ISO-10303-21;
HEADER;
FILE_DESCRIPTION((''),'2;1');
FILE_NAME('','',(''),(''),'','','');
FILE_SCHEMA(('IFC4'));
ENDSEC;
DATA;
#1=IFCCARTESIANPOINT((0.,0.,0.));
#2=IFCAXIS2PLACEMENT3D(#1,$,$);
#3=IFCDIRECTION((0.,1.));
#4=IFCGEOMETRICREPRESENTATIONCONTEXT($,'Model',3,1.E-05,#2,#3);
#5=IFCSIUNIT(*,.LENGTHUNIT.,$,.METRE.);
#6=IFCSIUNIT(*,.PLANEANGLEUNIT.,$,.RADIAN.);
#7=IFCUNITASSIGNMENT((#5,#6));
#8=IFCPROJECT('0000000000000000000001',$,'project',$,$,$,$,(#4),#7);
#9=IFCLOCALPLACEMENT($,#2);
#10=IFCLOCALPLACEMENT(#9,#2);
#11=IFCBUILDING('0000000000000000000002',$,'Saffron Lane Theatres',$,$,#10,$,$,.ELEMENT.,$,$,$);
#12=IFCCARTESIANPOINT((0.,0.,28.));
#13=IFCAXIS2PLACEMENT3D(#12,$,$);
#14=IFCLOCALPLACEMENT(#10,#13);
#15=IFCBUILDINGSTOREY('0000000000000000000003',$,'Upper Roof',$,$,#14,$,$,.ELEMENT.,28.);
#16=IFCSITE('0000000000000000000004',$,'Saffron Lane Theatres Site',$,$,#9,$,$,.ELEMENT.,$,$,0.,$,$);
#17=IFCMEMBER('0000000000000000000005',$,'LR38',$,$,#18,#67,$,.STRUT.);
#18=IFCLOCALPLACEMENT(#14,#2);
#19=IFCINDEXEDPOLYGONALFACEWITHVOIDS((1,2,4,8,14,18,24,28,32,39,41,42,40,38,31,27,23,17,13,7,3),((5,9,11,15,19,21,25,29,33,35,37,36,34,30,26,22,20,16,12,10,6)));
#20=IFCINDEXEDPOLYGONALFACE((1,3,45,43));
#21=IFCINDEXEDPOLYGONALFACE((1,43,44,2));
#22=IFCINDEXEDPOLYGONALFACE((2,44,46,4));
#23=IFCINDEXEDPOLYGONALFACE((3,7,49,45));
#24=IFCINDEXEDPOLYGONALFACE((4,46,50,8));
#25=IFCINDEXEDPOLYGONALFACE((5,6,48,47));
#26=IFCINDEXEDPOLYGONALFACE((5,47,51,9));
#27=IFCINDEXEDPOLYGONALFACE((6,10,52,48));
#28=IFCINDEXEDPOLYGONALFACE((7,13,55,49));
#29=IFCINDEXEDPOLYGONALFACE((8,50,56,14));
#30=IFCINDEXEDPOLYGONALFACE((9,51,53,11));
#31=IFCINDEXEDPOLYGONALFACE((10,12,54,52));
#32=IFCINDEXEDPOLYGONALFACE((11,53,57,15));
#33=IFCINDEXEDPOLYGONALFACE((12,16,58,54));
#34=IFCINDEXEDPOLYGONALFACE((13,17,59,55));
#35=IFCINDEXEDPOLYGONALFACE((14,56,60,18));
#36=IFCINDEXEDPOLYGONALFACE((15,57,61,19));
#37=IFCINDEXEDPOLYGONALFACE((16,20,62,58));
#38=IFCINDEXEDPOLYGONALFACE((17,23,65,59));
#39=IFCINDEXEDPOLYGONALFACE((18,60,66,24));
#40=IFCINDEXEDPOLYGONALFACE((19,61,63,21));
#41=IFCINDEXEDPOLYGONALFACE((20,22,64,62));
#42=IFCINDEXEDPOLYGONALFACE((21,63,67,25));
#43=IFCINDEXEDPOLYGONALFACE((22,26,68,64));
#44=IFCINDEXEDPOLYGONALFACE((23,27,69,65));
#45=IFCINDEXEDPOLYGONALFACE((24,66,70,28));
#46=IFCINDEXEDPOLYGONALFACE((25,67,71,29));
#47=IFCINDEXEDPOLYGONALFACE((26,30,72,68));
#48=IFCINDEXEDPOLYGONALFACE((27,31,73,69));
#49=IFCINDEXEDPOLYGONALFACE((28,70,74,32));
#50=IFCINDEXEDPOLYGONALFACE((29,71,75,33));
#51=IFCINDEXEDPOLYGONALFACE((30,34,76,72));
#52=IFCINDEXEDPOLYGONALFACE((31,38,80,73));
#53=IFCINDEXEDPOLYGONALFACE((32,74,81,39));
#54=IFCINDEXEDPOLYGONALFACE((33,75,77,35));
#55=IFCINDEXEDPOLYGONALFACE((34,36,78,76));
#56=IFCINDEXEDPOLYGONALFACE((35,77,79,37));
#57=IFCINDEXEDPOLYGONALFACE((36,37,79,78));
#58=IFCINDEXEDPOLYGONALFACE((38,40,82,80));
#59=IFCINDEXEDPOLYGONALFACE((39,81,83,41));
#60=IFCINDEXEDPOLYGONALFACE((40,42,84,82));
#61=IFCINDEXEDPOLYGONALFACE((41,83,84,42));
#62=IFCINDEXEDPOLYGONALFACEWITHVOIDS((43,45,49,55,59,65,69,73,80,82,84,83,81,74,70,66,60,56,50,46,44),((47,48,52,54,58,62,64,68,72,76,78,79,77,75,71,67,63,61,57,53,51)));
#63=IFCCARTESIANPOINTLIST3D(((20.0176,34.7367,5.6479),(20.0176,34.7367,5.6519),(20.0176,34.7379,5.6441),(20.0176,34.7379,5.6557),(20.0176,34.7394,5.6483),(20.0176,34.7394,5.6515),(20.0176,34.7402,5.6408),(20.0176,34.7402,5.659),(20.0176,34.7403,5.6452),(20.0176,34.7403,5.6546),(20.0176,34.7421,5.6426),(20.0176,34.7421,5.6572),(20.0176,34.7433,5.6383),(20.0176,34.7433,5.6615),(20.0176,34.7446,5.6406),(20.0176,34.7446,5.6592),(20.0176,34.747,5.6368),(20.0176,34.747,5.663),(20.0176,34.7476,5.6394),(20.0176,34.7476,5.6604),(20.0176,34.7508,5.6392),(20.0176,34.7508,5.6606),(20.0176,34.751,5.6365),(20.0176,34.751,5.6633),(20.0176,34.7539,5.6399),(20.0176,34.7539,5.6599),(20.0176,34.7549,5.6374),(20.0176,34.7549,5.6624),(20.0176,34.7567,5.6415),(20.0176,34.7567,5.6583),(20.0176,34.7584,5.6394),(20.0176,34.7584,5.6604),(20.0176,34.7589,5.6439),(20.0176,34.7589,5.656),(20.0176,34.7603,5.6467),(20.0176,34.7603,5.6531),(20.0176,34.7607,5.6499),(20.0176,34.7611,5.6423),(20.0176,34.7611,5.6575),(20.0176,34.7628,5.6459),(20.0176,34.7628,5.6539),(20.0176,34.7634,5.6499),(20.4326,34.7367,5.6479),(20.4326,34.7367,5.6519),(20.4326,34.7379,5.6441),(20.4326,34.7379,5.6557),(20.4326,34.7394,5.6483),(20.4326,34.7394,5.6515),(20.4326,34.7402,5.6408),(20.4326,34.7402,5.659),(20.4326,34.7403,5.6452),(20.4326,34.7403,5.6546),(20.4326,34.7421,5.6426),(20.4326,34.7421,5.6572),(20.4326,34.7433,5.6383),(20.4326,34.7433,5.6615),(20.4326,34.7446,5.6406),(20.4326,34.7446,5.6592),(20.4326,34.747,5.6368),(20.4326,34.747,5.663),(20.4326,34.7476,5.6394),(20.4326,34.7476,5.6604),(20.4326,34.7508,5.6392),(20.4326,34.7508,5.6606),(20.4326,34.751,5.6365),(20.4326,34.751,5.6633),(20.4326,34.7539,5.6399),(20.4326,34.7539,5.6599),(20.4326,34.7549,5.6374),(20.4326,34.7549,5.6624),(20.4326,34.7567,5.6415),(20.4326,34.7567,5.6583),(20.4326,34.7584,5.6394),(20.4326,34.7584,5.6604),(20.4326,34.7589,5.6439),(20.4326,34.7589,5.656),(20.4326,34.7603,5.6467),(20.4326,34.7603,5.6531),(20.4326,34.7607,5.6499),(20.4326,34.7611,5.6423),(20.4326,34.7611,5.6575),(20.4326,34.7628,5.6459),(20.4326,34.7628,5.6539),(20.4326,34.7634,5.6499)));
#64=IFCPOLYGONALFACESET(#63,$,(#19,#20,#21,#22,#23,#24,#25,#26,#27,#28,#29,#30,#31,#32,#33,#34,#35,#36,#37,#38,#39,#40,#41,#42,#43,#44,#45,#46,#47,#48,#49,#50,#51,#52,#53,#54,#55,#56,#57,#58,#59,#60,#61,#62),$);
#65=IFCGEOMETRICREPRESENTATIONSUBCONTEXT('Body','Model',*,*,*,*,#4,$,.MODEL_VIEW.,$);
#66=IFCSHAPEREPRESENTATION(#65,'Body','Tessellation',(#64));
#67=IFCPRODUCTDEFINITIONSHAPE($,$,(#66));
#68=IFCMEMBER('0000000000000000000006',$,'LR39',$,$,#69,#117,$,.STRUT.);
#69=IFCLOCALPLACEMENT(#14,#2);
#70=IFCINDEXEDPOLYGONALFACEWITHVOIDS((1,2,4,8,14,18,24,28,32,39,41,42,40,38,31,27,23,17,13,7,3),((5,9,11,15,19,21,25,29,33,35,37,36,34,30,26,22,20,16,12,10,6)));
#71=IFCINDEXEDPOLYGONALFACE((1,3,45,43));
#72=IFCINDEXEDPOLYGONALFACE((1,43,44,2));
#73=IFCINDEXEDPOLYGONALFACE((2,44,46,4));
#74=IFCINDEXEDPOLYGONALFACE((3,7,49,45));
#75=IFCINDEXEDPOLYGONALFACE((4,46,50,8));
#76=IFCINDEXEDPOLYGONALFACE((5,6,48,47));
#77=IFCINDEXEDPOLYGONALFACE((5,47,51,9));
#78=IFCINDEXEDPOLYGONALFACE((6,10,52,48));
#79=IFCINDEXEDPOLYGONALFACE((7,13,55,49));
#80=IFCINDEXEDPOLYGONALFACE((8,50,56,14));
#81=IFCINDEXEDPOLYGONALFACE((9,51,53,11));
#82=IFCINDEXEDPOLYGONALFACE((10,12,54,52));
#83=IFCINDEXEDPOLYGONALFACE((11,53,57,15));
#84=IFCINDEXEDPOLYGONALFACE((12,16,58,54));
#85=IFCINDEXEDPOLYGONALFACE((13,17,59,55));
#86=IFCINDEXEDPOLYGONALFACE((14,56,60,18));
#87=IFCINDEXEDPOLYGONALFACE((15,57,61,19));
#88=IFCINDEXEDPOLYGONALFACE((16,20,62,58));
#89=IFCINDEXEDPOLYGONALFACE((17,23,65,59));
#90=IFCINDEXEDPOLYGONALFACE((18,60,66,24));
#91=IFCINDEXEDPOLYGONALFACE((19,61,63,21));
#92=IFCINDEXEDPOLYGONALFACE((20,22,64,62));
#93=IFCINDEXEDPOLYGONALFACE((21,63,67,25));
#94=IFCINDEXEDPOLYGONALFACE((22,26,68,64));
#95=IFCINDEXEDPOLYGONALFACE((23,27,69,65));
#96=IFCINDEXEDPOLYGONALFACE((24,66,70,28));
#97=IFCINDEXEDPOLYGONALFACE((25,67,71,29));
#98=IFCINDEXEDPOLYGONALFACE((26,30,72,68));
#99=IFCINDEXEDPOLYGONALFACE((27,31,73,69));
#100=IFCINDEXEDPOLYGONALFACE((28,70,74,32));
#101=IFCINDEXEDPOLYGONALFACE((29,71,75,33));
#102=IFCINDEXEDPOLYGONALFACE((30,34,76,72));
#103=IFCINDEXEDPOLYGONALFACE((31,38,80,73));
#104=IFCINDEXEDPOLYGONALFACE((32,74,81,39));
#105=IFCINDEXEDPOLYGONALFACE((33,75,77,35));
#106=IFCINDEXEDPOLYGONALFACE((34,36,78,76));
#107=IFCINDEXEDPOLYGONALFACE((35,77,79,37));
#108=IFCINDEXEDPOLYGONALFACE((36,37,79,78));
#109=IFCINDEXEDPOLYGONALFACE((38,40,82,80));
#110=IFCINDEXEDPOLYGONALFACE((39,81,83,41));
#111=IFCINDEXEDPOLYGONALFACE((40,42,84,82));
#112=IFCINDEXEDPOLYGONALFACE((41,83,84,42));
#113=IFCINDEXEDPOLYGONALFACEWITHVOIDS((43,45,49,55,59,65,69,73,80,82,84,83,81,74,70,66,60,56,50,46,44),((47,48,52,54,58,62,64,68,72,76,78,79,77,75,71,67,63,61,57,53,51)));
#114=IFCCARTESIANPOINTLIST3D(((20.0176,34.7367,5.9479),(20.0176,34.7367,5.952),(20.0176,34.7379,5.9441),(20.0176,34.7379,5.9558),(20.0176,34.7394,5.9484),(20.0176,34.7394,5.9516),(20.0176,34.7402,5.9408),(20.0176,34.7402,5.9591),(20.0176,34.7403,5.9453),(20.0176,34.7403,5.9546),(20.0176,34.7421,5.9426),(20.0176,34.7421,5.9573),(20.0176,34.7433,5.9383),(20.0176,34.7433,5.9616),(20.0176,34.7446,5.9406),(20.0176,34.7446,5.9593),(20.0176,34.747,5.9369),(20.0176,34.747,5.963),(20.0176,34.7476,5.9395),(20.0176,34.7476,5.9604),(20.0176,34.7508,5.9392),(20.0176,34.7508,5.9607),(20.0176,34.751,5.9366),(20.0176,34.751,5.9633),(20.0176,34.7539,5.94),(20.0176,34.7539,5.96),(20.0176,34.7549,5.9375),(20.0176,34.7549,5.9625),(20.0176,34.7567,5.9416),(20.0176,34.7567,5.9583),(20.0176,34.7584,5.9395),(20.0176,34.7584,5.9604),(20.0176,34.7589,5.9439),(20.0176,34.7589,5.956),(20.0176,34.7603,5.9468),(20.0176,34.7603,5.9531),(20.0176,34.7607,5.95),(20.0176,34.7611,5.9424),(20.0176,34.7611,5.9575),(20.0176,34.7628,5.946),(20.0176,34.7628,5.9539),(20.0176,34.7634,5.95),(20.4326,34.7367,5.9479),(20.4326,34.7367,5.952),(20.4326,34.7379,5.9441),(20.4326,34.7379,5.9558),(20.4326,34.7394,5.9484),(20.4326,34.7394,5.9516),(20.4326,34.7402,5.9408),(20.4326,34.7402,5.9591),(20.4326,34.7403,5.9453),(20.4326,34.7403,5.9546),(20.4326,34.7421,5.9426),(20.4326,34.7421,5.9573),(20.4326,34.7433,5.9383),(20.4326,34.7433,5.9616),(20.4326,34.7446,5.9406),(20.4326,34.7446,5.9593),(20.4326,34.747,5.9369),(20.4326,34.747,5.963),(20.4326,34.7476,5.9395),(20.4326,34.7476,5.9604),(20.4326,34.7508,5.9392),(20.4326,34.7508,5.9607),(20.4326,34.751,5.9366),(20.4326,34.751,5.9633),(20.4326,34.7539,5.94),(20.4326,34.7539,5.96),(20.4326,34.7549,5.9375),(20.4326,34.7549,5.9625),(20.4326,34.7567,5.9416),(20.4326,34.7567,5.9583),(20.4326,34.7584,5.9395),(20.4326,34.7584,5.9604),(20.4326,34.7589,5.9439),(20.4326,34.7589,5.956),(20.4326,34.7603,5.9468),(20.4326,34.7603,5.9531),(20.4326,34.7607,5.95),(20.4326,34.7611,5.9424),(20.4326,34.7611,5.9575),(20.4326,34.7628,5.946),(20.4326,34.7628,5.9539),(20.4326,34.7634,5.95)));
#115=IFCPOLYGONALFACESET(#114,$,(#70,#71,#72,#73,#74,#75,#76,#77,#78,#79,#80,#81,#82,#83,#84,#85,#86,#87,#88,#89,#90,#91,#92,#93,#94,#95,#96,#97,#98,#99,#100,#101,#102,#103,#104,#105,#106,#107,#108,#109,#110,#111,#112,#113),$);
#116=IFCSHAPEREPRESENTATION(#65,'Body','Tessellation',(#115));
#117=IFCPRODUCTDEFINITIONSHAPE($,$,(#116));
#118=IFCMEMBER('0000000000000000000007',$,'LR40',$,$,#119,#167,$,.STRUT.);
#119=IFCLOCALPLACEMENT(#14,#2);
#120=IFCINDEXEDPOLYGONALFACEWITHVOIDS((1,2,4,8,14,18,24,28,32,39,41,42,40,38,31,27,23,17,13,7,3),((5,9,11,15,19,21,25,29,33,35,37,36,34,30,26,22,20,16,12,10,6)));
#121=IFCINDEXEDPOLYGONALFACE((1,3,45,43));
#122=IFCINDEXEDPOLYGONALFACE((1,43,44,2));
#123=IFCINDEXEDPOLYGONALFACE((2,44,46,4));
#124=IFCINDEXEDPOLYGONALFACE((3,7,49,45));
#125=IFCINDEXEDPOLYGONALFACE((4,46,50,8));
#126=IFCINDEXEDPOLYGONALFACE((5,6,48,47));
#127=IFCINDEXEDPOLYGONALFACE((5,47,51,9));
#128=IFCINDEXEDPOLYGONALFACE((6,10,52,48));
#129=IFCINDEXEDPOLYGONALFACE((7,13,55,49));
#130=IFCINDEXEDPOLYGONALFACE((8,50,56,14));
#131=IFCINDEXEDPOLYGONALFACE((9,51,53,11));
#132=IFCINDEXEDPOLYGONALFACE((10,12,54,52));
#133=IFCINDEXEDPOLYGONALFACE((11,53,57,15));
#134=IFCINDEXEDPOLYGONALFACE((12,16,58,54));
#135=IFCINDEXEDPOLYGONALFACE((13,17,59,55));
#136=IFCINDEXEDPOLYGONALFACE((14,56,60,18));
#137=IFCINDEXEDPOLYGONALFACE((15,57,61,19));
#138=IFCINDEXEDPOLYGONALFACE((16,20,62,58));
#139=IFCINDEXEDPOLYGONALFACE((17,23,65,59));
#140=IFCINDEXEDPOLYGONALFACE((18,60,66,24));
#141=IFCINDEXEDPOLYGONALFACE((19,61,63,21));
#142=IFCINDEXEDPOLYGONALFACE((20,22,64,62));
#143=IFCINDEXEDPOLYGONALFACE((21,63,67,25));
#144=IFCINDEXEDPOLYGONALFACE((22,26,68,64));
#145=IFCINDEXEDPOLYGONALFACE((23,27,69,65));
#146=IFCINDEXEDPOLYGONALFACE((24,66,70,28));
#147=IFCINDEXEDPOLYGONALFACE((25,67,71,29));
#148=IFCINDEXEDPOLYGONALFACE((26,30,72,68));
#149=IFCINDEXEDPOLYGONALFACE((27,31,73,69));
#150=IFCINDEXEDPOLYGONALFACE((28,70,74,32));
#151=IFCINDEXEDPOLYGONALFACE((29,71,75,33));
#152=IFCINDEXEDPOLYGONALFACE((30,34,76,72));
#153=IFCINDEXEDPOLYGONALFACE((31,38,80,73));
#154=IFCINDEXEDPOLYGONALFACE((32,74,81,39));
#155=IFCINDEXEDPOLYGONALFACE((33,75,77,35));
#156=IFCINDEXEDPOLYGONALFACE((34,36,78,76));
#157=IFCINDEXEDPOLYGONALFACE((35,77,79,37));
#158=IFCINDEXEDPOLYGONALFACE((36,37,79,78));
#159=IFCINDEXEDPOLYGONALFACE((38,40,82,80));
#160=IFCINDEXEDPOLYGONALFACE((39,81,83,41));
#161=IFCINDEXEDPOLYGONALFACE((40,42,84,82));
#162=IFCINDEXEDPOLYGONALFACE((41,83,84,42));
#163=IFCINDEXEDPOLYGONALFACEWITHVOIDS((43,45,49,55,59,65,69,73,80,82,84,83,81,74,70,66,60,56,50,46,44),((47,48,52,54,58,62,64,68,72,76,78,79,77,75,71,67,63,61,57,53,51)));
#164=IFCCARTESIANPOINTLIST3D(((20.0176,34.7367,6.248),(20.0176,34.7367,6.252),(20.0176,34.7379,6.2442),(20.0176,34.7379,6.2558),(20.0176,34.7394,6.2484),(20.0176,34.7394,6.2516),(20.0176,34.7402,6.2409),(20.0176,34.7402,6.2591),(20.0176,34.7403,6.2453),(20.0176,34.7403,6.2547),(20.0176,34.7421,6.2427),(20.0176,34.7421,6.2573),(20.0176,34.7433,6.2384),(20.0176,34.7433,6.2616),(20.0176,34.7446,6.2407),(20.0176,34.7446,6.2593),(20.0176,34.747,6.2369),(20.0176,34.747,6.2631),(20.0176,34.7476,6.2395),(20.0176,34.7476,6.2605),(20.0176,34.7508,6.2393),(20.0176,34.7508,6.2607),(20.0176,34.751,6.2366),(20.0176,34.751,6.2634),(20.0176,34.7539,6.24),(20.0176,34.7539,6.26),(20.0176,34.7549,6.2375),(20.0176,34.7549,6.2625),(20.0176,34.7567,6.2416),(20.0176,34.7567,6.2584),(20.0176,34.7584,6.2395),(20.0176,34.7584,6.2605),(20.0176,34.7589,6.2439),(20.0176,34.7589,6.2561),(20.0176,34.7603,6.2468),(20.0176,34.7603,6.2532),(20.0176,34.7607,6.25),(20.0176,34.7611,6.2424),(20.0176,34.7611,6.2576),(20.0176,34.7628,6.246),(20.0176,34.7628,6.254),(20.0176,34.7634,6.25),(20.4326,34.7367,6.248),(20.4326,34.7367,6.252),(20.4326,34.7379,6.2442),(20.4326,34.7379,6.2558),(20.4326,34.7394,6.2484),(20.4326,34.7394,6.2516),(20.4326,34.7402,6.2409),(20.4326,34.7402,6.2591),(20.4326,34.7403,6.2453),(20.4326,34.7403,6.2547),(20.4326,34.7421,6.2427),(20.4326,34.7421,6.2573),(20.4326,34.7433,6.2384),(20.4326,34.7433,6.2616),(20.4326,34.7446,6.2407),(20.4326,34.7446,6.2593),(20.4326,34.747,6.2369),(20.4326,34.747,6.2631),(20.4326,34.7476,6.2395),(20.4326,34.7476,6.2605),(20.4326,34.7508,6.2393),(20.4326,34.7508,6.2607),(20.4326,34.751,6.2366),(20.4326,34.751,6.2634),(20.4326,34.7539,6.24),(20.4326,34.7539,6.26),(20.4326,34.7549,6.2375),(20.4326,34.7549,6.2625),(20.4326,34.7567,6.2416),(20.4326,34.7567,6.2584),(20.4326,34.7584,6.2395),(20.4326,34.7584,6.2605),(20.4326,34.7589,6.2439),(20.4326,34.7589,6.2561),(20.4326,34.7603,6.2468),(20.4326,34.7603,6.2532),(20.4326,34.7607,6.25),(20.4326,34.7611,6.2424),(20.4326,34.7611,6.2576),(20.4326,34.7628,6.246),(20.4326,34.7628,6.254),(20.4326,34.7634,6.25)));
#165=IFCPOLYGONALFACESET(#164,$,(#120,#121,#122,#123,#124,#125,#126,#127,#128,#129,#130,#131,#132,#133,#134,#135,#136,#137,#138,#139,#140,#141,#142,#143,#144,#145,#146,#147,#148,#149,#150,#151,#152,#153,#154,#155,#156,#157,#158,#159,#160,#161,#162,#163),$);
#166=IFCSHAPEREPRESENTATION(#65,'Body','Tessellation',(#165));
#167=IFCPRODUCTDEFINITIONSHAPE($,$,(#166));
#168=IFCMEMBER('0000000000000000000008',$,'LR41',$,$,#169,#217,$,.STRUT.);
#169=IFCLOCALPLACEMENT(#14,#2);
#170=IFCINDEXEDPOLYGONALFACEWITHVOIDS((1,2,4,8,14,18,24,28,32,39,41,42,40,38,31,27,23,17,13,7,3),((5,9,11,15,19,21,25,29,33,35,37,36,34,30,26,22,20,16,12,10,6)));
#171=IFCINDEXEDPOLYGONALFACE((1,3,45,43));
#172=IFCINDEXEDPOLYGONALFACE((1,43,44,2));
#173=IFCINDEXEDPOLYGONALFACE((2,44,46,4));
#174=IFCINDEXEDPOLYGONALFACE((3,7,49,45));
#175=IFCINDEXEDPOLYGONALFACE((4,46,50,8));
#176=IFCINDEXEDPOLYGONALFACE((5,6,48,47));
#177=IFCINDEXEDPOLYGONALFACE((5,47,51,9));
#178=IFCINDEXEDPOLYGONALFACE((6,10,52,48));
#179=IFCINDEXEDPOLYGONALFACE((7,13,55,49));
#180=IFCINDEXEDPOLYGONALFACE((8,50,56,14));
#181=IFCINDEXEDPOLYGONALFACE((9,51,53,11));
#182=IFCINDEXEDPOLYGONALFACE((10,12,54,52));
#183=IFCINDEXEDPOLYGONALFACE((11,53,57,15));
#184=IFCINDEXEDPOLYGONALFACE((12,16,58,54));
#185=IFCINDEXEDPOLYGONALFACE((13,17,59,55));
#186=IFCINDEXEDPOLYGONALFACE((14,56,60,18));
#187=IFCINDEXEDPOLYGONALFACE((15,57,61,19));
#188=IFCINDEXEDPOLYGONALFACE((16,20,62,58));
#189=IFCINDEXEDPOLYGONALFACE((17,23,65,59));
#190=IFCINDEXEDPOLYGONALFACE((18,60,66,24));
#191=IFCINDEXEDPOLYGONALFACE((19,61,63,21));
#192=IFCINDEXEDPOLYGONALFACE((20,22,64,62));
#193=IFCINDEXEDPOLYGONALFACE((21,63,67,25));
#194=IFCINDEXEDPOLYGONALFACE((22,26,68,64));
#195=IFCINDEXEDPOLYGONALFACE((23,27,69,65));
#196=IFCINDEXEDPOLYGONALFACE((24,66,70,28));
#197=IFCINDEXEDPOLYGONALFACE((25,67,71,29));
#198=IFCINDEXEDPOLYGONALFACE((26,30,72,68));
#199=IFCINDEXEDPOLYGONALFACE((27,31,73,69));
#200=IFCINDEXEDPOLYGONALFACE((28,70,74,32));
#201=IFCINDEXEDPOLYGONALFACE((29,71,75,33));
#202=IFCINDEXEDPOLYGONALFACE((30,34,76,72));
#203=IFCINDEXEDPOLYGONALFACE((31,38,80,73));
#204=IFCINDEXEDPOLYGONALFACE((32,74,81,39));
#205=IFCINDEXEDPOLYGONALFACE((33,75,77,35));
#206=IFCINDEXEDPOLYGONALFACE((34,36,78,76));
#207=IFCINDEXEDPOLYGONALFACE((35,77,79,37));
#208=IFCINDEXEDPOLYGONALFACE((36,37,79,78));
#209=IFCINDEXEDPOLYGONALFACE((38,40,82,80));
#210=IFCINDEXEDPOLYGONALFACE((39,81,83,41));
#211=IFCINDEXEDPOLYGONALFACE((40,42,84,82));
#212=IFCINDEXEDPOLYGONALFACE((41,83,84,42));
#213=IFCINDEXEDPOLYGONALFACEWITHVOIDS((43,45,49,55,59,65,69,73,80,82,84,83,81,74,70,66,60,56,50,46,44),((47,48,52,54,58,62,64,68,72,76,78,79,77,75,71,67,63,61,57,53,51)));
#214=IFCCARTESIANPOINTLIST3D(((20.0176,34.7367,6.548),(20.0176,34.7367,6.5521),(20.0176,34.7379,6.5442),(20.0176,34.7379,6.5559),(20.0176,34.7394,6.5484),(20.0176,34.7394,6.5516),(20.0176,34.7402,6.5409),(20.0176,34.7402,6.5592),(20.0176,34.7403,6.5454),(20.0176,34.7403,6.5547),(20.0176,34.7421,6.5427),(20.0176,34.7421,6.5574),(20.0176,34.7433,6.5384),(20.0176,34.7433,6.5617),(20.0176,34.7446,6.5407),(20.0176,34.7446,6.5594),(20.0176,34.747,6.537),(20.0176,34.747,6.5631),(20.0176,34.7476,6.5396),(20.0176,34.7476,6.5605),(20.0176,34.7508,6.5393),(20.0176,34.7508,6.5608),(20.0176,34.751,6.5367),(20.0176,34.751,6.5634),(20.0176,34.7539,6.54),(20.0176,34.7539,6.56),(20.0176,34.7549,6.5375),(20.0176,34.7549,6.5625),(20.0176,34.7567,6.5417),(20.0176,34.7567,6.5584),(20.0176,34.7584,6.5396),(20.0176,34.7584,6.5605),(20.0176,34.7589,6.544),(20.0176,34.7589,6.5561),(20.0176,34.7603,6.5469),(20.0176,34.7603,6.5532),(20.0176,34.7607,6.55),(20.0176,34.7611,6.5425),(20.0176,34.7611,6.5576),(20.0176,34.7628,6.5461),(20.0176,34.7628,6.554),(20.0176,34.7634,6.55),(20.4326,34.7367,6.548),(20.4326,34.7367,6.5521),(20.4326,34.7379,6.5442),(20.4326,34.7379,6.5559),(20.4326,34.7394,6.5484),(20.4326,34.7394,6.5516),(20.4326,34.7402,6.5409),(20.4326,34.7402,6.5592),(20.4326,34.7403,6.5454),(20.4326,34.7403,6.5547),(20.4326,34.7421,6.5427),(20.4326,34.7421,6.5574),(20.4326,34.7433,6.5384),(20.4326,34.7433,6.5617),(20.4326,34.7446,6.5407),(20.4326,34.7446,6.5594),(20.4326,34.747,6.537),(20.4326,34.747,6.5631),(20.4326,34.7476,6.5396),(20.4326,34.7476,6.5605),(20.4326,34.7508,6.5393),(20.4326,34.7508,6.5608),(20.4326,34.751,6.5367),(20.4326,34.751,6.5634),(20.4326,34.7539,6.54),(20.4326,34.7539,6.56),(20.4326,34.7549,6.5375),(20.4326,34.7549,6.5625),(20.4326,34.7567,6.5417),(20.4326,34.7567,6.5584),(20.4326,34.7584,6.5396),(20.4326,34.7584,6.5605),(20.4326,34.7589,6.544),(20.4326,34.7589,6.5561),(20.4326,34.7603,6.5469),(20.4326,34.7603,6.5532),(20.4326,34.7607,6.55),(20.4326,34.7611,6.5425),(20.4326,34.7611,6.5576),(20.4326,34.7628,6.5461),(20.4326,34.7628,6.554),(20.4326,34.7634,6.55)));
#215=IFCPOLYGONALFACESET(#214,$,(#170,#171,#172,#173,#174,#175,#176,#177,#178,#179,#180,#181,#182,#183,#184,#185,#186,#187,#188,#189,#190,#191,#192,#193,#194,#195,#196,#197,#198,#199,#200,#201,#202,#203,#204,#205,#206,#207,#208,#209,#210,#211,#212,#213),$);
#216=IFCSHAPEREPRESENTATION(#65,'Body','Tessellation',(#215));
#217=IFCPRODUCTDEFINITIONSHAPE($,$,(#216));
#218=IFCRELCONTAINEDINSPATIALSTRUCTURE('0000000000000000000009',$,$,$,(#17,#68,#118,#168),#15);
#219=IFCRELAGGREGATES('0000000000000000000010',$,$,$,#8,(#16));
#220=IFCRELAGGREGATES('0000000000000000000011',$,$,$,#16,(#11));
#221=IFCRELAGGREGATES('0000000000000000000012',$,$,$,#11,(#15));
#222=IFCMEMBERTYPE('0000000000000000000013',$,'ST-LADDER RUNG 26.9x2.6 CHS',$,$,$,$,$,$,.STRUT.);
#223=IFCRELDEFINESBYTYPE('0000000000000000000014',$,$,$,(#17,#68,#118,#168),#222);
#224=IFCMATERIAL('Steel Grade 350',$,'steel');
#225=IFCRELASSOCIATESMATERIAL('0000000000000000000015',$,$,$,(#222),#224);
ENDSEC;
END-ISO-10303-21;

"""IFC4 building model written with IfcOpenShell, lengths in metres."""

from ifc_helpers import new_model, si_unit, direction, frame, origin, origin_2d, place, context, subcontext, project, spatial, hollow_circle, extrude, material, material_profile, profile_set, type_object, element, save


model = new_model("IFC4")

# Units and contexts
model_context = context("Model", 3, precision=1e-05, world=origin(), true_north=direction((0.0, 1.0)))
body_context = subcontext(model_context, "Body", "Model", "MODEL_VIEW")
ifc_project = project(units=[si_unit("LENGTHUNIT", "METRE"), si_unit("PLANEANGLEUNIT", "RADIAN")], contexts=[model_context])

# Site, building, storey
site_placement = place(None, origin())
site = spatial("IfcSite", under=ifc_project, at=site_placement, Name="Saffron Lane Theatres Site", CompositionType="ELEMENT", RefElevation=0.0)
building_placement = place(site_placement, origin())
building = spatial("IfcBuilding", under=site, at=building_placement, Name="Saffron Lane Theatres", CompositionType="ELEMENT")
storey_placement = place(building_placement, frame((0.0, 0.0, 28.0)))
storey = spatial("IfcBuildingStorey", under=building, at=storey_placement, Name="Upper Roof", CompositionType="ELEMENT", Elevation=28.0)

# Members
ifc_material_1 = material(Name="Steel Grade 350", Category="steel")
ifc_material_profile_1 = material_profile(ifc_material_1, hollow_circle(Radius=0.0134, WallThickness=0.0027, at=origin_2d()))
ifc_profile_set_1 = profile_set([ifc_material_profile_1], Name="Steel Grade 350")
member_type_1 = type_object("IfcMemberType", Name="ST-LADDER RUNG 26.9x2.6 CHS", PredefinedType="STRUT", material=ifc_profile_set_1)
for number, where, z_axis, x_axis, name in (
    (1, (20.0176, 34.75, 5.6499), (1.0, 0.0, 0.0), (0.0, 1.0, 0.0), "LR38"),
    (2, (20.0176, 34.75, 5.95), (1.0, 0.0, 0.0), (0.0, 1.0, 0.0), "LR39"),
    (3, (20.0176, 34.75, 6.25), (1.0, 0.0, 0.0), (0.0, 1.0, 0.0), "LR40"),
    (4, (20.0176, 34.75, 6.55), (1.0, 0.0, 0.0), (0.0, 1.0, 0.0), "LR41"),
):
    element("IfcMember", number, at=place(storey_placement, frame(where, z_axis=z_axis, x_axis=x_axis)), inside=storey, type_object=member_type_1, Name=name, PredefinedType="STRUT", context=body_context, shape_type="SweptSolid", body=[
        extrude(hollow_circle(Radius=0.0134, WallThickness=0.0027, at=origin_2d()), origin(), (0.0, 0.0, 1.0), 0.415),
    ])

save(model, "model.ifc")
